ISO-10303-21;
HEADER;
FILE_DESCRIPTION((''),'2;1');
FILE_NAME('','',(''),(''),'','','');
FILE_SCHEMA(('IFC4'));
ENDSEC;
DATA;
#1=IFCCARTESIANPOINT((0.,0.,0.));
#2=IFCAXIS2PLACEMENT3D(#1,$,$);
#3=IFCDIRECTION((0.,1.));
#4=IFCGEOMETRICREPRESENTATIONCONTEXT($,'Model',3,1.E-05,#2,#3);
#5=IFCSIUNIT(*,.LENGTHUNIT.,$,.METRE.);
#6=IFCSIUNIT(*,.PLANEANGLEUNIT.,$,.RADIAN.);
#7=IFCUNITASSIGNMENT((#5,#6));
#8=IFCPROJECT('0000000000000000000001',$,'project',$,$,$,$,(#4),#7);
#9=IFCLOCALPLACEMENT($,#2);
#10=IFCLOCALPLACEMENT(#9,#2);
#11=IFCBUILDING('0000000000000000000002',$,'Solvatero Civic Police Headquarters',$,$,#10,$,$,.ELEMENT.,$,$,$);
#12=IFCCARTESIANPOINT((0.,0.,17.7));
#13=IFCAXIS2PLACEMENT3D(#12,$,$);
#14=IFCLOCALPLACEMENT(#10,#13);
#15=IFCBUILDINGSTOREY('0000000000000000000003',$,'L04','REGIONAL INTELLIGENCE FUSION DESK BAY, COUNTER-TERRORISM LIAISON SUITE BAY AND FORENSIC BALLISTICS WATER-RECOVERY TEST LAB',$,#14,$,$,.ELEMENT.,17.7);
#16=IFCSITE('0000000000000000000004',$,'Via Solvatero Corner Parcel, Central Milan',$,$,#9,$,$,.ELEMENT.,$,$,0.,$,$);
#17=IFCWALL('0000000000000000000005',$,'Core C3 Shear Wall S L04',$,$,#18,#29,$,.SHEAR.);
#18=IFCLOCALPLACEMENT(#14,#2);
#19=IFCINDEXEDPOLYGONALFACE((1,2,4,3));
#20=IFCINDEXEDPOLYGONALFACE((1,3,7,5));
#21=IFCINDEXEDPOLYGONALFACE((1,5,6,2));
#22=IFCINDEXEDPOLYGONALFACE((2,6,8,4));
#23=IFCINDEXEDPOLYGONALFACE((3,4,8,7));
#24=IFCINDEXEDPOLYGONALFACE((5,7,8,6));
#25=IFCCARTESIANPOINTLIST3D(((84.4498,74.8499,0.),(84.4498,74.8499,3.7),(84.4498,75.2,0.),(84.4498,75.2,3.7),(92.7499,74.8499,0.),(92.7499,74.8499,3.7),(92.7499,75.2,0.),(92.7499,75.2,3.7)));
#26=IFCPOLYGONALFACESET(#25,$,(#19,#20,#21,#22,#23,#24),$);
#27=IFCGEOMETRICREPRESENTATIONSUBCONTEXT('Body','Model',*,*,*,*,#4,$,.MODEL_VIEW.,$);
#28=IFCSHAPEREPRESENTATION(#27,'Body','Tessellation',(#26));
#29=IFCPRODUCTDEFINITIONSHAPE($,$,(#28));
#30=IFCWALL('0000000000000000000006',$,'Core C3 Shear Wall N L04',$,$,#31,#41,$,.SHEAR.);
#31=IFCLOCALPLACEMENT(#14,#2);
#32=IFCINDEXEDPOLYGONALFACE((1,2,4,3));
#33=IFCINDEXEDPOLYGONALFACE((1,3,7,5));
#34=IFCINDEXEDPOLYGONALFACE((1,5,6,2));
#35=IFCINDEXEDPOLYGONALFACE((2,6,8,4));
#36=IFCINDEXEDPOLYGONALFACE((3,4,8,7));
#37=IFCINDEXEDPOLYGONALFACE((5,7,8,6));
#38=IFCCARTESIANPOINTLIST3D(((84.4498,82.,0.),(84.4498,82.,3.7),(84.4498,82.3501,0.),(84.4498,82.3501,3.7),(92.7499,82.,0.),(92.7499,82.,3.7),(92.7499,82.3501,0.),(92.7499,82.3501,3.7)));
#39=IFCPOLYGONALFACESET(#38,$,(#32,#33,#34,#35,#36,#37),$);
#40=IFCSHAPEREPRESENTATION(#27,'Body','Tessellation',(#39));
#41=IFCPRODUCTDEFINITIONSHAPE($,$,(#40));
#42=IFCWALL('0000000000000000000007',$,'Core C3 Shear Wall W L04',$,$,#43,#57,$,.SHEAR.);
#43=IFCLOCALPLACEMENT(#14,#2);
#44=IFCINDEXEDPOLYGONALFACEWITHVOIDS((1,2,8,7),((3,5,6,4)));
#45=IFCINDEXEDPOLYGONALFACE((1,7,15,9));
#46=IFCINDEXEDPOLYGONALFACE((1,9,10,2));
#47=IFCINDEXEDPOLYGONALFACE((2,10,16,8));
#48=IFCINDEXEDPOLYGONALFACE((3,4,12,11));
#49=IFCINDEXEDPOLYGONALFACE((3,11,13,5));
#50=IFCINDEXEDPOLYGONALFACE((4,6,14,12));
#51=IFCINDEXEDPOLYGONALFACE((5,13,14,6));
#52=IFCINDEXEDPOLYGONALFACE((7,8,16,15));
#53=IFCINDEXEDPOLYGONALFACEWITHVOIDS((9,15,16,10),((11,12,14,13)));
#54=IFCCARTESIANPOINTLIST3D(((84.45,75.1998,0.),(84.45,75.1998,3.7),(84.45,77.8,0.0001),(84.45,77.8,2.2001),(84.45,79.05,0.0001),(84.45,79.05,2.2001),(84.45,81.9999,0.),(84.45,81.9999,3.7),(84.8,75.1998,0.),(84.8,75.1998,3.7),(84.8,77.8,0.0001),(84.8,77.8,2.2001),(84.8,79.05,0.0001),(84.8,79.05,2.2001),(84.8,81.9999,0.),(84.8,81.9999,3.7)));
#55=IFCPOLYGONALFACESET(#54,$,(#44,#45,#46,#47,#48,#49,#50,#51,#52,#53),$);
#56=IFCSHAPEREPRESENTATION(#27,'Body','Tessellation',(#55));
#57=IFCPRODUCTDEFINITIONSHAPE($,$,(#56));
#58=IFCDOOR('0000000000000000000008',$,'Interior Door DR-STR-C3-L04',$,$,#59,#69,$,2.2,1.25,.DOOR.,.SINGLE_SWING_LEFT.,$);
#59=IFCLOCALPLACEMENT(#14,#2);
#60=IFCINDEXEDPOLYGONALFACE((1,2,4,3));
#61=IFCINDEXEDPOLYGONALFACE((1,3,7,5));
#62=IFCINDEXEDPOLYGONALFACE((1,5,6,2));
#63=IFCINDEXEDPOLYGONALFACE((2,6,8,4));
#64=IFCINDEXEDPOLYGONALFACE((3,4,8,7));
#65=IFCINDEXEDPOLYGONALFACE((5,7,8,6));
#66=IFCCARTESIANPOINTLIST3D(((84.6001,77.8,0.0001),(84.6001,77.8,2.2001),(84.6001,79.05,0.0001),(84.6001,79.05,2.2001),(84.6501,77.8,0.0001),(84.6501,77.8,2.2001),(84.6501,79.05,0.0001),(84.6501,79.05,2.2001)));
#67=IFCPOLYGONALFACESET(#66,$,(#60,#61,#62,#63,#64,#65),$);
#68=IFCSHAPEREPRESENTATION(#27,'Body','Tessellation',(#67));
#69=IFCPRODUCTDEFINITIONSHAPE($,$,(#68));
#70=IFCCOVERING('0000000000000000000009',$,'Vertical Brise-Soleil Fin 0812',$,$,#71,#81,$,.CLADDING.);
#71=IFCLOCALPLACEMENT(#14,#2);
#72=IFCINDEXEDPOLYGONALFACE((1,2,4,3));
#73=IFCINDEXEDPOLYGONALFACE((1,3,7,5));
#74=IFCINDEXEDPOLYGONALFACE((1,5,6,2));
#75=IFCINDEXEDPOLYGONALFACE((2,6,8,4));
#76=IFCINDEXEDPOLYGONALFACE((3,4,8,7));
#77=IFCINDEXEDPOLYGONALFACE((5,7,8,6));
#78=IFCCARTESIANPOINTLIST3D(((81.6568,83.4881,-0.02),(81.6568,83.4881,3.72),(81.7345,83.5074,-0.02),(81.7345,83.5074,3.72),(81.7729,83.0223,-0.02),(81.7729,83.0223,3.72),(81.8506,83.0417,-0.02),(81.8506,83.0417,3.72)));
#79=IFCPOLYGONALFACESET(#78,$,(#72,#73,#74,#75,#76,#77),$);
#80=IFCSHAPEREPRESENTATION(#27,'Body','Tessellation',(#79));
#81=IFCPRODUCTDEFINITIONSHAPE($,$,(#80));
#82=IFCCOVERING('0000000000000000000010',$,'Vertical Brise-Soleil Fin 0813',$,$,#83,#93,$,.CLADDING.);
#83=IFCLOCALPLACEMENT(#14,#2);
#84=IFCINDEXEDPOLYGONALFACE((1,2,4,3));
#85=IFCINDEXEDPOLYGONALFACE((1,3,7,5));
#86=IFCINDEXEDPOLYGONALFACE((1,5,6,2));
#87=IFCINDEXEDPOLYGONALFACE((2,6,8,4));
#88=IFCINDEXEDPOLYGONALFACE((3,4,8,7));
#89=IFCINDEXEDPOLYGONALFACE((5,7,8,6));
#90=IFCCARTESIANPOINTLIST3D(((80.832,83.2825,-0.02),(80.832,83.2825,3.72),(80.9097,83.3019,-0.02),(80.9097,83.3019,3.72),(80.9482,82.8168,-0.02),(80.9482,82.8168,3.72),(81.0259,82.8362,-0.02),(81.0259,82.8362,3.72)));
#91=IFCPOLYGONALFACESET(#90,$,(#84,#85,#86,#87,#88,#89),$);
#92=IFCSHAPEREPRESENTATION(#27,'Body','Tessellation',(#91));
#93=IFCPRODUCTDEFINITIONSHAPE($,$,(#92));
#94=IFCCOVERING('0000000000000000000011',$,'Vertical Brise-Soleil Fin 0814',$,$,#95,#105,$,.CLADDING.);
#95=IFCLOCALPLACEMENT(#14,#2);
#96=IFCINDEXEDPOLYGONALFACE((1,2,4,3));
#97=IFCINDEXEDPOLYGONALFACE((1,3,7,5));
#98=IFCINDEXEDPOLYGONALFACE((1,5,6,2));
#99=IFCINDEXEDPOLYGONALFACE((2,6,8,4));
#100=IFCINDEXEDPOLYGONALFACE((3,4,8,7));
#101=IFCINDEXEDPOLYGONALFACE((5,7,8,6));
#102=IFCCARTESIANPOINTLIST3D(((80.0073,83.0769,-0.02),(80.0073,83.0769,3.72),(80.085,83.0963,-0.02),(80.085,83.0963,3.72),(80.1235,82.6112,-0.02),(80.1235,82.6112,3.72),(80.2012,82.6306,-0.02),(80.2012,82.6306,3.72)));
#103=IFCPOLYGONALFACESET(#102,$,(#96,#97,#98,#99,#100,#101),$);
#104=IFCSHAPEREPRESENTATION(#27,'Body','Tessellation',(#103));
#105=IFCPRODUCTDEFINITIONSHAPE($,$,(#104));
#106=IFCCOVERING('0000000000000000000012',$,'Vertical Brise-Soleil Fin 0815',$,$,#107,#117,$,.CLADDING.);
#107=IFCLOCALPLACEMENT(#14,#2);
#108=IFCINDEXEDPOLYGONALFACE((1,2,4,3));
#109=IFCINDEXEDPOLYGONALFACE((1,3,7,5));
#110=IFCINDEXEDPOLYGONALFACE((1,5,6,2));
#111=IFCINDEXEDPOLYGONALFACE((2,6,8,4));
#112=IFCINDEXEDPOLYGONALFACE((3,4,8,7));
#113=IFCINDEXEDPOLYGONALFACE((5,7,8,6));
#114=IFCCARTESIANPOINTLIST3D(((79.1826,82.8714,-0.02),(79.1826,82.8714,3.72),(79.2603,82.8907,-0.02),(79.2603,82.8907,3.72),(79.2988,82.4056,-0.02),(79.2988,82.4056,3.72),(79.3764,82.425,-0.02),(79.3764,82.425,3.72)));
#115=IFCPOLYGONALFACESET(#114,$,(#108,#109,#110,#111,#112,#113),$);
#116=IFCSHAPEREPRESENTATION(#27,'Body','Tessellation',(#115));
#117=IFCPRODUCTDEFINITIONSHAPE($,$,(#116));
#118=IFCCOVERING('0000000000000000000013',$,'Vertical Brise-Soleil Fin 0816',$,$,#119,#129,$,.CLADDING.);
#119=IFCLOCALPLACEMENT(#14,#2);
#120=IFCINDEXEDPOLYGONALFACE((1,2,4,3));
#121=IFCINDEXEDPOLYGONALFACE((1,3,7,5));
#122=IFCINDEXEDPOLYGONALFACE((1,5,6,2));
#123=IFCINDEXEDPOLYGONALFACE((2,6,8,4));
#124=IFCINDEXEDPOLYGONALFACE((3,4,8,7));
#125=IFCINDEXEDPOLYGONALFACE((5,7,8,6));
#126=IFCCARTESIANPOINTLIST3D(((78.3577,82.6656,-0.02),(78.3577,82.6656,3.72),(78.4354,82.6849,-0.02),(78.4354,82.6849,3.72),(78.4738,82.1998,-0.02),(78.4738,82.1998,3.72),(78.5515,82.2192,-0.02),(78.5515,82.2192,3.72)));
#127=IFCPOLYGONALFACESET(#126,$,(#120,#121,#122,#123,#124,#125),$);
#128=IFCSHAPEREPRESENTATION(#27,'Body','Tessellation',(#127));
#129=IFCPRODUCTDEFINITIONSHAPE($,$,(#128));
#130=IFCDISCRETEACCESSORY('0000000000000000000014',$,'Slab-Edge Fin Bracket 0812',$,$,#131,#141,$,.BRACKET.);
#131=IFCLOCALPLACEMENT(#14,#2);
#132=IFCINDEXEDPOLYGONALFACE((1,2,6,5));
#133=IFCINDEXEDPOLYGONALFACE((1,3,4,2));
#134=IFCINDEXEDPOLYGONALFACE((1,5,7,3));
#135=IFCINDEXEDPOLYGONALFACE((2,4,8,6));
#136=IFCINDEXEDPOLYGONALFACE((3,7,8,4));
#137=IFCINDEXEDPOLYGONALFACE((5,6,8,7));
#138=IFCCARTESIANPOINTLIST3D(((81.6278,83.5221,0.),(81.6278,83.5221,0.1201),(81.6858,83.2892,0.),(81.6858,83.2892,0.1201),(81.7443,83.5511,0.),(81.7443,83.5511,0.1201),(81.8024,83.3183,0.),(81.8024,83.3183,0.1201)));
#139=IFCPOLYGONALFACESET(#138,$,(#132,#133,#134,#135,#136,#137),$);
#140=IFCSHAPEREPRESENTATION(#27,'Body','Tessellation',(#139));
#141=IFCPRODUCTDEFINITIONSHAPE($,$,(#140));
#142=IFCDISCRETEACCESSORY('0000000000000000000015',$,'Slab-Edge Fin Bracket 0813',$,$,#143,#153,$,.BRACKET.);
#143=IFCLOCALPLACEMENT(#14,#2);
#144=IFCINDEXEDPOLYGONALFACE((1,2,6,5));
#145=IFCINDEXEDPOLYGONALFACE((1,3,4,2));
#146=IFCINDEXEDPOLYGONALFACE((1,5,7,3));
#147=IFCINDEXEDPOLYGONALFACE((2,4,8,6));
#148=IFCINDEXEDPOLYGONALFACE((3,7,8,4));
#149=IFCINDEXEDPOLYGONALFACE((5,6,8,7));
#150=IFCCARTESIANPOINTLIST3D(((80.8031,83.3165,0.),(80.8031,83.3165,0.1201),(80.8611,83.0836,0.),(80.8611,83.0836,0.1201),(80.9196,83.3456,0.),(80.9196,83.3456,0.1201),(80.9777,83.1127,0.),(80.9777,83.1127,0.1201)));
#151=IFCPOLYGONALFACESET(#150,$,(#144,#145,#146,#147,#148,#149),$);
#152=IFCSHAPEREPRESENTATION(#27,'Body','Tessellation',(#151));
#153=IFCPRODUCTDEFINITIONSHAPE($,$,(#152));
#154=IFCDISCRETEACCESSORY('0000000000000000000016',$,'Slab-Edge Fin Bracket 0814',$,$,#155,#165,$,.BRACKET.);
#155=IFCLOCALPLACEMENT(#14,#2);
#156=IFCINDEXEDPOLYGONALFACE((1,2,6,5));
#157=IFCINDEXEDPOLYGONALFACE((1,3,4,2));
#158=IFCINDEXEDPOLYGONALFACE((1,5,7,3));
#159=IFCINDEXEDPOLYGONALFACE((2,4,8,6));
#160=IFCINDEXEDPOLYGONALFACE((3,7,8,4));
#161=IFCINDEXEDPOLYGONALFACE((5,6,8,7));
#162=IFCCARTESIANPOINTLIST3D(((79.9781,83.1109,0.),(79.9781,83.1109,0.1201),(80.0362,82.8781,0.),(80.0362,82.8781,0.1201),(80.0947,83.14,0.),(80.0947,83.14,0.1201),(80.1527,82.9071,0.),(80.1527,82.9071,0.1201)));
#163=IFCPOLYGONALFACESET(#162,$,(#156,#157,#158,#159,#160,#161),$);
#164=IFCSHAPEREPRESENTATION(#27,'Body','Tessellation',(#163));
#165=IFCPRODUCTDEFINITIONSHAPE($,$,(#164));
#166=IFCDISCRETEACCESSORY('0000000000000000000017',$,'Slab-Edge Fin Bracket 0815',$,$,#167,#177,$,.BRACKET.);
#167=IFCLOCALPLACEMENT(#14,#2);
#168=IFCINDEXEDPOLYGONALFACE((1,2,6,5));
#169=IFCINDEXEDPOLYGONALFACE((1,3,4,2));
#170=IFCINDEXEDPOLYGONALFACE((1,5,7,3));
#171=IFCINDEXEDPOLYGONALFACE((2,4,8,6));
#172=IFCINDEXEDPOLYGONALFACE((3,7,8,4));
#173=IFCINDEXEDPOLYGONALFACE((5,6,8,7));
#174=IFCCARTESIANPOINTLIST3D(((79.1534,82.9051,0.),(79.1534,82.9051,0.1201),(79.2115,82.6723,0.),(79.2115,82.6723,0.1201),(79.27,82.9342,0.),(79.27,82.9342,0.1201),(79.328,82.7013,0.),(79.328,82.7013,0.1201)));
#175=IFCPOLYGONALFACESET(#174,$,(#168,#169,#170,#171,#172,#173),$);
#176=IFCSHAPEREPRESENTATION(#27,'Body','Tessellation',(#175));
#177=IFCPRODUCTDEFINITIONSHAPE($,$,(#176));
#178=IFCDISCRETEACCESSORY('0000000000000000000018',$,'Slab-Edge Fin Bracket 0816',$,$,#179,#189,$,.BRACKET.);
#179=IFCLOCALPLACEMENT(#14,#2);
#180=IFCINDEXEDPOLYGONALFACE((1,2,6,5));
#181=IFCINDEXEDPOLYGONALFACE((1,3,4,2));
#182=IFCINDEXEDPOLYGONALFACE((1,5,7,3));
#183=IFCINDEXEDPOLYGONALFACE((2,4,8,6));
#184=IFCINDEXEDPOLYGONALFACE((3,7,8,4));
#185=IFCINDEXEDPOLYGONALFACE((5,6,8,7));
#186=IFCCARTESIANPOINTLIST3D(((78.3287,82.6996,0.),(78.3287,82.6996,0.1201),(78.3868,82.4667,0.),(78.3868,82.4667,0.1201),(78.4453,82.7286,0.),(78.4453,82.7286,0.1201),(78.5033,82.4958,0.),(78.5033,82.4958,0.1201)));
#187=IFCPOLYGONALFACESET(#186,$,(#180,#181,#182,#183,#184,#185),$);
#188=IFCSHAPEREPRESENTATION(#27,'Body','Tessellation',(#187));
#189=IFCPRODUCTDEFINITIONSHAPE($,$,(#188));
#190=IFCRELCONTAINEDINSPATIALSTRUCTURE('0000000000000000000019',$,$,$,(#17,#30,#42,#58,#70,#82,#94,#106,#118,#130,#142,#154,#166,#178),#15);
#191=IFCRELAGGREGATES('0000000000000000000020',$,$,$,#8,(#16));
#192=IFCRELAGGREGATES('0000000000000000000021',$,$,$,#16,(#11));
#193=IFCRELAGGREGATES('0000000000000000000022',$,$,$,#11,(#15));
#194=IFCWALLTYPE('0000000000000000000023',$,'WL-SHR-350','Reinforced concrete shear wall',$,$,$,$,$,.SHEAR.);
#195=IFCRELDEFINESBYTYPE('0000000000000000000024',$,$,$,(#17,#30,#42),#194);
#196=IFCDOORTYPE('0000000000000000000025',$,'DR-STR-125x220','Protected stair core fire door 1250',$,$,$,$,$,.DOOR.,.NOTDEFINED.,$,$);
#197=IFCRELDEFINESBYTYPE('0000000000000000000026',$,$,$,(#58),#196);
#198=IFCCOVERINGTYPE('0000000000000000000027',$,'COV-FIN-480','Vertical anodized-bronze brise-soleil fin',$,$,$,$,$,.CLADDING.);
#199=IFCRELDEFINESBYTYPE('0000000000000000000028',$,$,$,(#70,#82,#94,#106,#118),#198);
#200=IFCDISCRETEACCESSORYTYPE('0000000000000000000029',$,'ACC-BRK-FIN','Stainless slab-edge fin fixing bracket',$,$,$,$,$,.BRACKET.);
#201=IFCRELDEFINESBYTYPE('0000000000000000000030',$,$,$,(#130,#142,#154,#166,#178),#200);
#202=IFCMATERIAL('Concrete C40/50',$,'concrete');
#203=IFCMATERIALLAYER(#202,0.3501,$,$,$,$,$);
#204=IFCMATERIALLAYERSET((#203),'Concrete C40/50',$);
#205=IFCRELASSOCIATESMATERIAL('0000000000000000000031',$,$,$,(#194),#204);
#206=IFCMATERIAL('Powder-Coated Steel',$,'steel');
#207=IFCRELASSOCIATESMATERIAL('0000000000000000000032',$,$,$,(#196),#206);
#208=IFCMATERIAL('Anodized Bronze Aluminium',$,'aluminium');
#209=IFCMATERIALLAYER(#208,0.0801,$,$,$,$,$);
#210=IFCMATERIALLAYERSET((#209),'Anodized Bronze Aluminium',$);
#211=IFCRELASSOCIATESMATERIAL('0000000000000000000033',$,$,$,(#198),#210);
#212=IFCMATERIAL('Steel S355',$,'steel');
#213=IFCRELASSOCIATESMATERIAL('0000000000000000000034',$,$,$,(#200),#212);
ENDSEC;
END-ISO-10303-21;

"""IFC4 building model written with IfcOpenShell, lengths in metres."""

from ifc_helpers import new_model, si_unit, direction, frame, frame_2d, origin, origin_2d, place, context, subcontext, project, spatial, rectangle, extrude, material, layer, layer_set, type_object, element, fill, save


model = new_model("IFC4")

# Units and contexts
model_context = context("Model", 3, precision=1e-05, world=origin(), true_north=direction((0.0, 1.0)))
body_context = subcontext(model_context, "Body", "Model", "MODEL_VIEW")
ifc_project = project(units=[si_unit("LENGTHUNIT", "METRE"), si_unit("PLANEANGLEUNIT", "RADIAN")], contexts=[model_context])

# Site, building, storey
site_placement = place(None, origin())
site = spatial("IfcSite", under=ifc_project, at=site_placement, Name="Via Solvatero Corner Parcel, Central Milan", CompositionType="ELEMENT", RefElevation=0.0)
building_placement = place(site_placement, origin())
building = spatial("IfcBuilding", under=site, at=building_placement, Name="Solvatero Civic Police Headquarters", CompositionType="ELEMENT")
storey_placement = place(building_placement, frame((0.0, 0.0, 17.7)))
storey = spatial("IfcBuildingStorey", under=building, at=storey_placement, Name="L04", Description="REGIONAL INTELLIGENCE FUSION DESK BAY, COUNTER-TERRORISM LIAISON SUITE BAY AND FORENSIC BALLISTICS WATER-RECOVERY TEST LAB", CompositionType="ELEMENT", Elevation=17.7)

# Shared definitions
ifc_material_1 = material(Name="Steel S355", Category="steel")

# Shared definitions
ifc_material_2 = material(Name="Anodized Bronze Aluminium", Category="aluminium")

# Walls
ifc_material_3 = material(Name="Concrete C40/50", Category="concrete")
ifc_layer_1 = layer(ifc_material_3, 0.3501)
ifc_layer_set_1 = layer_set([ifc_layer_1], Name="Concrete C40/50")
wall_type = type_object("IfcWallType", Name="WL-SHR-350", Description="Reinforced concrete shear wall", PredefinedType="SHEAR", material=ifc_layer_set_1)
for number, where, z_axis, x_axis, name in (
    (1, (84.45, 75.0249, 0.0), (0.0, 0.0, 1.0), (1.0, 0.0, 0.0), "Core C3 Shear Wall S L04"),
    (2, (84.45, 82.175, 0.0), (0.0, 0.0, 1.0), (1.0, 0.0, 0.0), "Core C3 Shear Wall N L04"),
):
    element("IfcWall", number, at=place(storey_placement, frame(where, z_axis=z_axis, x_axis=x_axis)), inside=storey, type_object=wall_type, Name=name, PredefinedType="SHEAR", context=body_context, shape_type="SweptSolid", body=[
        extrude(rectangle(XDim=8.3, YDim=0.3501, at=frame_2d((4.1499, 0.0))), origin(), (0.0, 0.0, 1.0), 3.7),
    ])

# Wall, opening, door
wall_placement = place(storey_placement, frame((84.625, 75.2, 0.0), z_axis=(0.0, 0.0, 1.0), x_axis=(0.0, 1.0, 0.0)))
wall = element("IfcWall", 3, at=wall_placement, inside=storey, type_object=wall_type, Name="Core C3 Shear Wall W L04", PredefinedType="SHEAR", context=body_context, shape_type="SweptSolid", body=[
    extrude(rectangle(XDim=6.8, YDim=0.3501, at=frame_2d((3.3999, 0.0))), origin(), (0.0, 0.0, 1.0), 3.7),
])
opening_placement = place(wall_placement, frame((2.6001, 0.0, 0.0)))
opening = element("IfcOpeningElement", 4, at=opening_placement, cuts=wall, PredefinedType="OPENING", context=body_context, shape_type="SweptSolid", body=[
    extrude(rectangle(XDim=1.25, YDim=2.2, at=frame_2d((0.625, 1.1001))), frame((0.0, 0.1851, 0.0), z_axis=(0.0, -1.0, 0.0), x_axis=(1.0, 0.0, 0.0)), (0.0, 0.0, 1.0), 0.3701),
])
ifc_material_4 = material(Name="Powder-Coated Steel", Category="steel")
door_type = type_object("IfcDoorType", Name="DR-STR-125x220", Description="Protected stair core fire door 1250", OperationType="NOTDEFINED", PredefinedType="DOOR", material=ifc_material_4)
door_placement = place(opening_placement, origin())
door = element("IfcDoor", 5, at=door_placement, inside=storey, type_object=door_type, Name="Interior Door DR-STR-C3-L04", OperationType="SINGLE_SWING_LEFT", OverallHeight=2.2, OverallWidth=1.25, PredefinedType="DOOR", context=body_context, shape_type="SweptSolid", body=[
    extrude(rectangle(XDim=1.25, YDim=2.2, at=frame_2d((0.625, 1.1001))), frame((0.0, 0.0249, 0.0), z_axis=(0.0, -1.0, 0.0), x_axis=(1.0, 0.0, 0.0)), (0.0, 0.0, 1.0), 0.05),
])
fill(opening, door)

# Coverings
ifc_layer_2 = layer(ifc_material_2, 0.0801)
ifc_layer_set_2 = layer_set([ifc_layer_2], Name="Anodized Bronze Aluminium")
covering_type = type_object("IfcCoveringType", Name="COV-FIN-480", Description="Vertical anodized-bronze brise-soleil fin", PredefinedType="CLADDING", material=ifc_layer_set_2)
for number, where, z_axis, x_axis, name in (
    (6, (81.7537, 83.2649, -0.02), (0.0, 0.0, 1.0), (-0.970296, -0.241922, 0.0), "Vertical Brise-Soleil Fin 0812"),
    (7, (80.929, 83.0593, -0.02), (0.0, 0.0, 1.0), (-0.970296, -0.241922, 0.0), "Vertical Brise-Soleil Fin 0813"),
    (8, (80.1042, 82.8538, -0.02), (0.0, 0.0, 1.0), (-0.970296, -0.241922, 0.0), "Vertical Brise-Soleil Fin 0814"),
    (9, (79.2795, 82.6482, -0.02), (0.0, 0.0, 1.0), (-0.970296, -0.241922, 0.0), "Vertical Brise-Soleil Fin 0815"),
    (10, (78.4546, 82.4424, -0.02), (0.0, 0.0, 1.0), (-0.970296, -0.241922, 0.0), "Vertical Brise-Soleil Fin 0816"),
):
    element("IfcCovering", number, at=place(storey_placement, frame(where, z_axis=z_axis, x_axis=x_axis)), inside=storey, type_object=covering_type, Name=name, PredefinedType="CLADDING", context=body_context, shape_type="SweptSolid", body=[
        extrude(rectangle(XDim=0.0801, YDim=0.48, at=origin_2d()), origin(), (0.0, 0.0, 1.0), 3.74),
    ])

# Discrete accessories
discrete_accessory_type = type_object("IfcDiscreteAccessoryType", Name="ACC-BRK-FIN", Description="Stainless slab-edge fin fixing bracket", PredefinedType="BRACKET", material=ifc_material_1)
for number, where, z_axis, x_axis, name in (
    (11, (81.7151, 83.4202, 0.0), (0.0, 0.0, 1.0), (-0.970296, -0.241922, 0.0), "Slab-Edge Fin Bracket 0812"),
    (12, (80.8904, 83.2146, 0.0), (0.0, 0.0, 1.0), (-0.970296, -0.241922, 0.0), "Slab-Edge Fin Bracket 0813"),
    (13, (80.0654, 83.009, 0.0), (0.0, 0.0, 1.0), (-0.970296, -0.241922, 0.0), "Slab-Edge Fin Bracket 0814"),
    (14, (79.2407, 82.8032, 0.0), (0.0, 0.0, 1.0), (-0.970296, -0.241922, 0.0), "Slab-Edge Fin Bracket 0815"),
    (15, (78.416, 82.5977, 0.0), (0.0, 0.0, 1.0), (-0.970296, -0.241922, 0.0), "Slab-Edge Fin Bracket 0816"),
):
    element("IfcDiscreteAccessory", number, at=place(storey_placement, frame(where, z_axis=z_axis, x_axis=x_axis)), inside=storey, type_object=discrete_accessory_type, Name=name, PredefinedType="BRACKET", context=body_context, shape_type="SweptSolid", body=[
        extrude(rectangle(XDim=0.1201, YDim=0.24, at=origin_2d()), origin(), (0.0, 0.0, 1.0), 0.1201),
    ])

save(model, "model.ifc")
